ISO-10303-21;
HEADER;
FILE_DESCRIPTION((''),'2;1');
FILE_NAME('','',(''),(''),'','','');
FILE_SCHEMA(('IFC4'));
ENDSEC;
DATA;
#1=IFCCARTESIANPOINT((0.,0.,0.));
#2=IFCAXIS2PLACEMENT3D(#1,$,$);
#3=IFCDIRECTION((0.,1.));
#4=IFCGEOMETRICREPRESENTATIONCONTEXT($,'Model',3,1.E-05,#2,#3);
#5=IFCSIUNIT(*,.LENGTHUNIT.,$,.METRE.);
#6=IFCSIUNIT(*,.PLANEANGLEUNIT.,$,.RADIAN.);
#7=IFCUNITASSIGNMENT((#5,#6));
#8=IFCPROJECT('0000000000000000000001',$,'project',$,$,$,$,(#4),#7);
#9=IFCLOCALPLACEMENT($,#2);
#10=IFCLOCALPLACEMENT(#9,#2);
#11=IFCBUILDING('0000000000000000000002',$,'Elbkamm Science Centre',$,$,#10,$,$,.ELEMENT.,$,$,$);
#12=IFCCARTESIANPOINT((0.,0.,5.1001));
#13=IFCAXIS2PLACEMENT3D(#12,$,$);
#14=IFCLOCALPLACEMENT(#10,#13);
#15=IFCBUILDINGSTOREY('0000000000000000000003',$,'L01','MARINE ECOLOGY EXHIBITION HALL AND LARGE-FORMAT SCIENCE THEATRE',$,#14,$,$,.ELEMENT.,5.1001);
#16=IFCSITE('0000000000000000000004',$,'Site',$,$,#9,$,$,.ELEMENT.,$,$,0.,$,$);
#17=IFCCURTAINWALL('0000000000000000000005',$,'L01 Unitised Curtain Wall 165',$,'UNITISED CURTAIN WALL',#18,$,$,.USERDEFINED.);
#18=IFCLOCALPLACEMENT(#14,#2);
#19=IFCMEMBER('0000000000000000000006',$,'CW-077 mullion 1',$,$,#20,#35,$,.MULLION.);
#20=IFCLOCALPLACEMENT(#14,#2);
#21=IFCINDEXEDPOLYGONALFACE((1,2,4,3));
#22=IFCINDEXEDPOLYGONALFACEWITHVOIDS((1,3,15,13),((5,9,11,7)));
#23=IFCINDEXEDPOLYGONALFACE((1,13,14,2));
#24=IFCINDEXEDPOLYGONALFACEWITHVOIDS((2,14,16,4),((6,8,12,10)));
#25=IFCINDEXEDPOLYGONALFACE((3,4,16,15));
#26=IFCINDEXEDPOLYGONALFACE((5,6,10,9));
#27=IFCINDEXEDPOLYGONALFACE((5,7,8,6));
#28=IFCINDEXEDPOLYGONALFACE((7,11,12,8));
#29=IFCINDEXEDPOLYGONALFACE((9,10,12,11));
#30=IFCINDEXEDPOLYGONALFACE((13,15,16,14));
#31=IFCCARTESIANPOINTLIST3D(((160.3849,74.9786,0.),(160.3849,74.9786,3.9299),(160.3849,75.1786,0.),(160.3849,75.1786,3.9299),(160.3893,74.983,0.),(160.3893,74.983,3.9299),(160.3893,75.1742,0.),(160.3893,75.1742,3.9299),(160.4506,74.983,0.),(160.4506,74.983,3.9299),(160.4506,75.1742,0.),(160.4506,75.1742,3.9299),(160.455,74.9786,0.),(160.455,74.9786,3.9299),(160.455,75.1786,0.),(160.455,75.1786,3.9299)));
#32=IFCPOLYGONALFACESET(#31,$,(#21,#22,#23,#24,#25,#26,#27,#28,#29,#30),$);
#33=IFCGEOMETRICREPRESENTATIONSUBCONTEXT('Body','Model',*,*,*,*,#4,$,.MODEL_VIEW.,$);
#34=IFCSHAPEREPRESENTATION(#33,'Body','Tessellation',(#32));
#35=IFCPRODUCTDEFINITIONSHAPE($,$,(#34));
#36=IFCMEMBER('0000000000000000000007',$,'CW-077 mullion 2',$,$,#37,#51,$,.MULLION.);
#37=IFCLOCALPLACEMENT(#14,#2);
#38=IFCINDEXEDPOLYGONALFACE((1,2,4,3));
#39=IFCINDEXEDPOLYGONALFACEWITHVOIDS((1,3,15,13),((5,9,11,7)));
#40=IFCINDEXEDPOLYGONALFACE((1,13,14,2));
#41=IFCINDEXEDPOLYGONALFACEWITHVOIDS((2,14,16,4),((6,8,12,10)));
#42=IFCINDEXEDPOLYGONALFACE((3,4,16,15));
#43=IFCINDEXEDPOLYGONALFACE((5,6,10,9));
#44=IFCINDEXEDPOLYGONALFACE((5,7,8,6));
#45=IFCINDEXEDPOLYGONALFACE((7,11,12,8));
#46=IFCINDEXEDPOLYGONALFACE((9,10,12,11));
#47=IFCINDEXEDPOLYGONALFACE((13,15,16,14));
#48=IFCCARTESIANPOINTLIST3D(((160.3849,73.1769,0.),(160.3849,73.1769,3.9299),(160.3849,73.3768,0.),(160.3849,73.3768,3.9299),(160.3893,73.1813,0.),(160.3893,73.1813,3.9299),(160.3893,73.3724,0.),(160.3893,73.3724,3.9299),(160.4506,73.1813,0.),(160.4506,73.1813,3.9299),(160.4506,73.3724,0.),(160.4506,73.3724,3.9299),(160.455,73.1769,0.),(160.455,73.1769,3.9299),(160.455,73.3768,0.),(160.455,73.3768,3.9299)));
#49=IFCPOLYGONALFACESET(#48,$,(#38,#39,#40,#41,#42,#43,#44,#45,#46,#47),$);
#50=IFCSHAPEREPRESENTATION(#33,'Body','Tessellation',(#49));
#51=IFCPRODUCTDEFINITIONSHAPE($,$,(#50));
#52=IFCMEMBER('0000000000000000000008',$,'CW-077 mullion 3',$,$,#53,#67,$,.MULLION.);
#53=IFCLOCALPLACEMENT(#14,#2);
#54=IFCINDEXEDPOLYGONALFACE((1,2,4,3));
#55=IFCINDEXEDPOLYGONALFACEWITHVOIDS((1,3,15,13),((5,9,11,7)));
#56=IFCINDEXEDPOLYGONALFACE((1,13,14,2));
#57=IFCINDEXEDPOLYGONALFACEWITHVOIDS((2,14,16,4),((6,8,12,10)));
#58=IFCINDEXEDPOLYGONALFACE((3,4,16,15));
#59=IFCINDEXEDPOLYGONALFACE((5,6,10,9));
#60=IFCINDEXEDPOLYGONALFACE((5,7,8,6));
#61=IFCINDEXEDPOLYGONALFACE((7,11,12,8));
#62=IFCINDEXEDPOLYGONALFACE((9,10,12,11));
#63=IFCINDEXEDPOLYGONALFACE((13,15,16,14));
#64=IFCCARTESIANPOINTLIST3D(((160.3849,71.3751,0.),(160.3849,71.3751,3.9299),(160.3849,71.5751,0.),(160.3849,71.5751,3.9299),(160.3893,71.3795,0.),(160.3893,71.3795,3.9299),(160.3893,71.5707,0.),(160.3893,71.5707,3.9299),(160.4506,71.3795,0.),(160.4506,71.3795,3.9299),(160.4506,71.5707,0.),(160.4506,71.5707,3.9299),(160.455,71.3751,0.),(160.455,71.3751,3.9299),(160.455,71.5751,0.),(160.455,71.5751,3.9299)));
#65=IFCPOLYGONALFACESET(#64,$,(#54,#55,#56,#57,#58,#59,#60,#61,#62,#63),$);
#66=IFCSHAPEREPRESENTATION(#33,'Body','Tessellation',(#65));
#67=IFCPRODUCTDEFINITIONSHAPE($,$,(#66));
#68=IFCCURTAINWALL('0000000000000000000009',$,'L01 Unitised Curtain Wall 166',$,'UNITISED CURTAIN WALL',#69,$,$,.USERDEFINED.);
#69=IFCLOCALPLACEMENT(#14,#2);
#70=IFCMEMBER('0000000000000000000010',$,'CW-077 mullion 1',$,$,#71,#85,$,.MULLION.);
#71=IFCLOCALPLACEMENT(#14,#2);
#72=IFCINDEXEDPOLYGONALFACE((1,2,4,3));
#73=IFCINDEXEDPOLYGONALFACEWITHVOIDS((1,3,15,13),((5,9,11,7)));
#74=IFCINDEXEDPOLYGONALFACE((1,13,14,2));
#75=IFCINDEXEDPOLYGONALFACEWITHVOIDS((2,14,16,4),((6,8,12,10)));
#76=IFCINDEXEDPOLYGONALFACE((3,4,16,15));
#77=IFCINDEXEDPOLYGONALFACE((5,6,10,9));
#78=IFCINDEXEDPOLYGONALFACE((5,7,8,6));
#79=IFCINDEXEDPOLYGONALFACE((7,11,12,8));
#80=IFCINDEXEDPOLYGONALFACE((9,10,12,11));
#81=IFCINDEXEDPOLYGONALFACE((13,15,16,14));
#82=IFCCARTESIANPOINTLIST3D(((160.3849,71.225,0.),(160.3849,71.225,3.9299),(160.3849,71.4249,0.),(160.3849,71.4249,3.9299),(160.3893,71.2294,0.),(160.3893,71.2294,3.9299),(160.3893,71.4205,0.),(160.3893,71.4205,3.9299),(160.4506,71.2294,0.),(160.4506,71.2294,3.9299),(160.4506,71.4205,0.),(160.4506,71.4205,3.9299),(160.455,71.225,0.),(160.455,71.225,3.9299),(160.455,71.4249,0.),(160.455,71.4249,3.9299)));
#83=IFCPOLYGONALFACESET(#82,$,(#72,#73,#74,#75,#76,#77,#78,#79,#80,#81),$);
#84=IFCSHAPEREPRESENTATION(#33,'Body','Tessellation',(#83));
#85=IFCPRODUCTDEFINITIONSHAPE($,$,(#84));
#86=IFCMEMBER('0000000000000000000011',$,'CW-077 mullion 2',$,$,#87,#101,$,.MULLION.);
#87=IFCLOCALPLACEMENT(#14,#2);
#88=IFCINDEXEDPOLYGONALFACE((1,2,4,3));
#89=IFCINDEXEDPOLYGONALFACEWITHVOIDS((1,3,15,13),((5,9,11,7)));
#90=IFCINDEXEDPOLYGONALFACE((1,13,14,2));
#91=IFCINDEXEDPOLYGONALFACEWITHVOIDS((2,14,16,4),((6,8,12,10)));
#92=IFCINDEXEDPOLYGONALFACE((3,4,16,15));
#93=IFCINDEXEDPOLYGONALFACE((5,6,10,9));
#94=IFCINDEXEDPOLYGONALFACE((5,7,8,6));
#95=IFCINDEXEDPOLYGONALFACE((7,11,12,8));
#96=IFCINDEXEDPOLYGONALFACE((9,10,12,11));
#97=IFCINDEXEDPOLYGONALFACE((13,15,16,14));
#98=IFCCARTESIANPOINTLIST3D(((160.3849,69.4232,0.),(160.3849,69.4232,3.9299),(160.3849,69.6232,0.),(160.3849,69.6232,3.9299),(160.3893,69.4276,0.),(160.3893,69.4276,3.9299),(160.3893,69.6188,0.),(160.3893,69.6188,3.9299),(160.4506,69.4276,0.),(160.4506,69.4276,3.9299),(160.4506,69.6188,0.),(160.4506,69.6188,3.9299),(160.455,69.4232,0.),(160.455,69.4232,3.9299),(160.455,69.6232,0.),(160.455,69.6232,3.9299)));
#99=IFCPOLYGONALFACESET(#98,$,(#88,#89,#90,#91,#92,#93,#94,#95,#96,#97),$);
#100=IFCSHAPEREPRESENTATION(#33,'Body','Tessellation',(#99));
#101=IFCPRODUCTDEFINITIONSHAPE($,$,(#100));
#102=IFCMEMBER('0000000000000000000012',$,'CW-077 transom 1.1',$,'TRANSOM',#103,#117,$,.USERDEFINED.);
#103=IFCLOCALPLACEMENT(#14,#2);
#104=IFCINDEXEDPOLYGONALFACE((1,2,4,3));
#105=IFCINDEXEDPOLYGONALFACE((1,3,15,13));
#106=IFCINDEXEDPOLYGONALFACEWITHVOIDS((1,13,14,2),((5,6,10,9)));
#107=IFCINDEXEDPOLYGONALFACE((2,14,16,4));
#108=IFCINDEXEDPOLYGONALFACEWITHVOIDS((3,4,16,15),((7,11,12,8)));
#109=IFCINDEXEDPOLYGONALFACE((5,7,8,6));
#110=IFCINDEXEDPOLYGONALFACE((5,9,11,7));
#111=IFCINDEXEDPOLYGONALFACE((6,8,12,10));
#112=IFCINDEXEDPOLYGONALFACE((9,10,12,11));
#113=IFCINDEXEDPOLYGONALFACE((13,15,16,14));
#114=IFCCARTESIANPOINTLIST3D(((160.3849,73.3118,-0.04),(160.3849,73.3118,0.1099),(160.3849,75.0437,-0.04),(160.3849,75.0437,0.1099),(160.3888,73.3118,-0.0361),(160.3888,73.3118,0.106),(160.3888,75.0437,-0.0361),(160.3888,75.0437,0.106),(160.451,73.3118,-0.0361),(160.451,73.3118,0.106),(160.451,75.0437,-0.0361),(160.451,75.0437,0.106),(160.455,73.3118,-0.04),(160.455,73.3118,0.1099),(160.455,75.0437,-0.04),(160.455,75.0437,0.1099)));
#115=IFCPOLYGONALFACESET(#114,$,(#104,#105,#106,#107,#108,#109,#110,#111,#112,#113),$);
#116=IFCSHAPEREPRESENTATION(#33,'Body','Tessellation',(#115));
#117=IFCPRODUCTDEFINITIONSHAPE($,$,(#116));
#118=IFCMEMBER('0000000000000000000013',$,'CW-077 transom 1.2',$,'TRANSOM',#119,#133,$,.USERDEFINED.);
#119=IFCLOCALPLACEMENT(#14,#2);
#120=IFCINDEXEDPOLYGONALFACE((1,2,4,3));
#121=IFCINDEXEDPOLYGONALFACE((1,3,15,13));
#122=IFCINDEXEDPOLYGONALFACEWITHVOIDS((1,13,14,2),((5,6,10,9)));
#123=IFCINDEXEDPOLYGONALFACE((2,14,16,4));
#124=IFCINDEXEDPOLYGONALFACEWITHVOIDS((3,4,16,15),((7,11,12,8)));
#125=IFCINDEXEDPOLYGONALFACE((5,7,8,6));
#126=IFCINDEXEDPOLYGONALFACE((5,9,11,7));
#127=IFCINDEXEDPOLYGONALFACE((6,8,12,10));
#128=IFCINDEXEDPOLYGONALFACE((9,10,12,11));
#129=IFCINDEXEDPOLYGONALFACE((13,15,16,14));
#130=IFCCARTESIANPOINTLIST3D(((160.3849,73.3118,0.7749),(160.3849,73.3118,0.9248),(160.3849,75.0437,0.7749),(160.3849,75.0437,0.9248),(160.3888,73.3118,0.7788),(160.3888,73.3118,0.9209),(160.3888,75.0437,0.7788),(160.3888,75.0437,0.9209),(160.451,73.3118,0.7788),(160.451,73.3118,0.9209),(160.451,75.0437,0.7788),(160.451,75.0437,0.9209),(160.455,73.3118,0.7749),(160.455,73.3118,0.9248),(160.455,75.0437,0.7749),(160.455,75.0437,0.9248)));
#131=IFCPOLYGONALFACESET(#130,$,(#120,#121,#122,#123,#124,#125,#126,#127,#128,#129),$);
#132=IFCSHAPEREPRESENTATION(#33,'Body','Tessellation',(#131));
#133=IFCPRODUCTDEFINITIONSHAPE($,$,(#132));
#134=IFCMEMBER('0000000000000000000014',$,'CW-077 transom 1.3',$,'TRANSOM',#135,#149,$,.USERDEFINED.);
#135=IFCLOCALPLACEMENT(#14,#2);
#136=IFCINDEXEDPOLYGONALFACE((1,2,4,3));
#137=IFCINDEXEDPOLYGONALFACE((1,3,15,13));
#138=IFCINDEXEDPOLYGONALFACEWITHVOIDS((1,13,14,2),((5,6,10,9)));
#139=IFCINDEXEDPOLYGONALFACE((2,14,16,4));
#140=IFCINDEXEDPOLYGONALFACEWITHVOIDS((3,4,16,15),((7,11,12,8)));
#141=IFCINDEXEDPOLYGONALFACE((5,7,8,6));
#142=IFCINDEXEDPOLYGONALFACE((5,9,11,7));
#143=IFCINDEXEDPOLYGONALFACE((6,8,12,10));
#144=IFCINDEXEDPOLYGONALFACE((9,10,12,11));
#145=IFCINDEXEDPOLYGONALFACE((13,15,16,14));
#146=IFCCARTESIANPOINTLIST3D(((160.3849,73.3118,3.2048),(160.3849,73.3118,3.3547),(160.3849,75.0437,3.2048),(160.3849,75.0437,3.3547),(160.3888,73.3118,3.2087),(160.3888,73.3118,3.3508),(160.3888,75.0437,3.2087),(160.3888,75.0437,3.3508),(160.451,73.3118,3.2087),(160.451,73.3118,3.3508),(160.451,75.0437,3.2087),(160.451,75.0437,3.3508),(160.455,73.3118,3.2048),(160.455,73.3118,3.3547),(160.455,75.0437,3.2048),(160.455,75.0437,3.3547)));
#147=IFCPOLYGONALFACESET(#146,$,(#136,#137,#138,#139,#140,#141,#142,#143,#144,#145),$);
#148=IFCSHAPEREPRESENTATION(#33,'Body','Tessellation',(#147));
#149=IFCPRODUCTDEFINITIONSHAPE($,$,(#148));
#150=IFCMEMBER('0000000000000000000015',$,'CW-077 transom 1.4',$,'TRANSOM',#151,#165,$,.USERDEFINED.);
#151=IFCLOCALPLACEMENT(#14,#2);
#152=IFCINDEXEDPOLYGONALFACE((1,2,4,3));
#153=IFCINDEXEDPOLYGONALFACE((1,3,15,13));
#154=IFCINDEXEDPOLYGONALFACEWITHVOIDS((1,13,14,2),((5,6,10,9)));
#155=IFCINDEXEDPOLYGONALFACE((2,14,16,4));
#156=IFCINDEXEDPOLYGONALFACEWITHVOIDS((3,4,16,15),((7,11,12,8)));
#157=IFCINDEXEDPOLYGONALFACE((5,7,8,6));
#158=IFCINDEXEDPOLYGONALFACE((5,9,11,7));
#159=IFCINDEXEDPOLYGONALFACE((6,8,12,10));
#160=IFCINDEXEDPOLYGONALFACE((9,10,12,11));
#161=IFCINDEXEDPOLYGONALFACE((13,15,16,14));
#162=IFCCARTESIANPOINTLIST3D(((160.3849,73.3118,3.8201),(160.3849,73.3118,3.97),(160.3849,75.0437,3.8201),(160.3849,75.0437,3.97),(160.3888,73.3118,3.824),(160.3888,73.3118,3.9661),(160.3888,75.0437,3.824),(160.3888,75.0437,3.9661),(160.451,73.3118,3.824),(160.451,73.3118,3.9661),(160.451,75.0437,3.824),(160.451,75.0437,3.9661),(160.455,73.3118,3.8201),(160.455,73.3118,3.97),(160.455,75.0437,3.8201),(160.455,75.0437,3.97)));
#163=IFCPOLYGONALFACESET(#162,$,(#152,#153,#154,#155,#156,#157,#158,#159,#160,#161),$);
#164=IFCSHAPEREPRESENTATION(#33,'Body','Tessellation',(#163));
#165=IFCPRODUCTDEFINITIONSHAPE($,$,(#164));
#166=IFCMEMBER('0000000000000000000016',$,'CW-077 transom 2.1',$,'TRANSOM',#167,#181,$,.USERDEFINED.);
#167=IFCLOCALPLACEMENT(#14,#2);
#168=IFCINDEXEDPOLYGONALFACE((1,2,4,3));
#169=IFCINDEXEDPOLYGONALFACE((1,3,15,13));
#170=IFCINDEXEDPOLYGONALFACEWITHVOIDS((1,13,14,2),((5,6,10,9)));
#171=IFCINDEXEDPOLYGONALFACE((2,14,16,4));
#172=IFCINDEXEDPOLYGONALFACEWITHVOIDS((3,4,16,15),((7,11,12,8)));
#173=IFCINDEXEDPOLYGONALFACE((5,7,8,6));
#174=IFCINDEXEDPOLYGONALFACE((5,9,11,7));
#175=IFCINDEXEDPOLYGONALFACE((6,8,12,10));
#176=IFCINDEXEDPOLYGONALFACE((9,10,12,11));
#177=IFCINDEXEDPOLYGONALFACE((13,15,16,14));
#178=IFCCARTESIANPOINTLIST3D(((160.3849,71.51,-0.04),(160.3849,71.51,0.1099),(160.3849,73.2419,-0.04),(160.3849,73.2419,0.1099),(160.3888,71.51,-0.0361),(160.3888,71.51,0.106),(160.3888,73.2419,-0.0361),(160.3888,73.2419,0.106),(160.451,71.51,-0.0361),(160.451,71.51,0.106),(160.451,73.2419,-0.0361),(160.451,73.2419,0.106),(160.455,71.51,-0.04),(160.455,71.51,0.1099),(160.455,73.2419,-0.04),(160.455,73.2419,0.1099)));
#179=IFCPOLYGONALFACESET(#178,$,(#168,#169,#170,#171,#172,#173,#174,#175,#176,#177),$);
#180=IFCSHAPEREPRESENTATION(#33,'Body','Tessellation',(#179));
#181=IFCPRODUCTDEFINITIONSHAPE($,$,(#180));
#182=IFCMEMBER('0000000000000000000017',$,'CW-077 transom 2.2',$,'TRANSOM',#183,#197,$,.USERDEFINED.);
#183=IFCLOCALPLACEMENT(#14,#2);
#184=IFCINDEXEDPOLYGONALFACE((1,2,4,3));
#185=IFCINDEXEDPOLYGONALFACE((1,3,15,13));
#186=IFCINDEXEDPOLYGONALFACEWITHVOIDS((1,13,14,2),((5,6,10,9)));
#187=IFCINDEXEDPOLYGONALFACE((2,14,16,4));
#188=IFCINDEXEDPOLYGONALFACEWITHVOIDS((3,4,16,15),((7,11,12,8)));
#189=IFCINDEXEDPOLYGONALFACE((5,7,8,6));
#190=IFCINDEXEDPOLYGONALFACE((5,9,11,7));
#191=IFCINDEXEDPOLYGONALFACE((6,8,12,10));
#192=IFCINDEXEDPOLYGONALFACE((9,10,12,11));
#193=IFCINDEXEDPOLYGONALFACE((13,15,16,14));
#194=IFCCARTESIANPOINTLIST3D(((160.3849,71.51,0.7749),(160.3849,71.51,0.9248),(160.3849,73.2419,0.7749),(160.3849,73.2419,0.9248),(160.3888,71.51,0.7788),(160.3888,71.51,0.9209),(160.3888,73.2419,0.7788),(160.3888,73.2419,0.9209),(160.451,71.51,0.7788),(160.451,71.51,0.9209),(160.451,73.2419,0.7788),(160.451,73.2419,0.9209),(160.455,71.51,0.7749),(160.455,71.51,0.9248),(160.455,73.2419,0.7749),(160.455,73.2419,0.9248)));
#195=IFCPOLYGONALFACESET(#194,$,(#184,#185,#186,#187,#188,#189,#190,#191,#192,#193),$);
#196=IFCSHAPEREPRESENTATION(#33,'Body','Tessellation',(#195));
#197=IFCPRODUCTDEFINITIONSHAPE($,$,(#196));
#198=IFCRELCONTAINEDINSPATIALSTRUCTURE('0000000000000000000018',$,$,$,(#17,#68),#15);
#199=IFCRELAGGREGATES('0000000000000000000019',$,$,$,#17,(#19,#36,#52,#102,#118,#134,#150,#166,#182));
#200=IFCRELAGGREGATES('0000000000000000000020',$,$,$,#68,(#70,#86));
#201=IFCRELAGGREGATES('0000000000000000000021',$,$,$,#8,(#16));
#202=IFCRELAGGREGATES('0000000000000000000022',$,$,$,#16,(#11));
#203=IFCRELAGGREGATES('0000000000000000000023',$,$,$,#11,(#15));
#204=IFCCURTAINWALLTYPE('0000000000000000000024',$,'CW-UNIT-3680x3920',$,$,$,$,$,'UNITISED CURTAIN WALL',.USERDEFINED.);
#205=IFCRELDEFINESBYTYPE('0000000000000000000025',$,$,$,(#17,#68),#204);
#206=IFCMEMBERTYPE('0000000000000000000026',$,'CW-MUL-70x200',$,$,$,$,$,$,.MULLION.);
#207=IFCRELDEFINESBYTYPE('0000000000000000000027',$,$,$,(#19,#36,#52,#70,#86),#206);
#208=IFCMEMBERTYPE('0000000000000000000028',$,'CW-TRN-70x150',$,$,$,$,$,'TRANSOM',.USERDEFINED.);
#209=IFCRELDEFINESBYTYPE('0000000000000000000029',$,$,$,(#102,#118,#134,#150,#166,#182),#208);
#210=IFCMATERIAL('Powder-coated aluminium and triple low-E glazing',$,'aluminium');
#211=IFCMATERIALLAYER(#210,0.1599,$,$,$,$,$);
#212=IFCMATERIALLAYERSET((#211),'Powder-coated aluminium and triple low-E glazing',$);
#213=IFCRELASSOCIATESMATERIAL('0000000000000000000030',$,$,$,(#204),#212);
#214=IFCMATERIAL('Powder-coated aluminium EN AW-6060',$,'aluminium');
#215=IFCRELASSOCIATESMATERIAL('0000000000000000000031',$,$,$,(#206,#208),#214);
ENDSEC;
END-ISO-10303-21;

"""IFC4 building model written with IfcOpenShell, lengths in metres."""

from ifc_helpers import new_model, si_unit, direction, frame, origin, origin_2d, place, context, subcontext, project, spatial, hollow_rectangle, extrude, material, layer, layer_set, material_profile, profile_set, type_object, element, aggregate, save


model = new_model("IFC4")

# Units and contexts
model_context = context("Model", 3, precision=1e-05, world=origin(), true_north=direction((0.0, 1.0)))
body_context = subcontext(model_context, "Body", "Model", "MODEL_VIEW")
ifc_project = project(units=[si_unit("LENGTHUNIT", "METRE"), si_unit("PLANEANGLEUNIT", "RADIAN")], contexts=[model_context])

# Site, building, storey
site_placement = place(None, origin())
site = spatial("IfcSite", under=ifc_project, at=site_placement, Name="Site", CompositionType="ELEMENT", RefElevation=0.0)
building_placement = place(site_placement, origin())
building = spatial("IfcBuilding", under=site, at=building_placement, Name="Elbkamm Science Centre", CompositionType="ELEMENT")
storey_placement = place(building_placement, frame((0.0, 0.0, 5.1001)))
storey = spatial("IfcBuildingStorey", under=building, at=storey_placement, Name="L01", Description="MARINE ECOLOGY EXHIBITION HALL AND LARGE-FORMAT SCIENCE THEATRE", CompositionType="ELEMENT", Elevation=5.1001)

# Curtain walls, members
ifc_material_1 = material(Name="Powder-coated aluminium and triple low-E glazing", Category="aluminium")
ifc_layer_1 = layer(ifc_material_1, 0.1599)
ifc_layer_set_1 = layer_set([ifc_layer_1], Name="Powder-coated aluminium and triple low-E glazing")
curtain_wall_type = type_object("IfcCurtainWallType", Name="CW-UNIT-3680x3920", ElementType="UNITISED CURTAIN WALL", PredefinedType="USERDEFINED", material=ifc_layer_set_1)
curtain_wall_1_placement = place(storey_placement, origin())
curtain_wall_1 = element("IfcCurtainWall", 1, at=curtain_wall_1_placement, inside=storey, type_object=curtain_wall_type, Name="L01 Unitised Curtain Wall 165", ObjectType="UNITISED CURTAIN WALL", PredefinedType="USERDEFINED")
ifc_material_2 = material(Name="Powder-coated aluminium EN AW-6060", Category="aluminium")
ifc_material_profile_1 = material_profile(ifc_material_2, hollow_rectangle(XDim=0.0701, YDim=0.2, WallThickness=0.0044, at=origin_2d()), Name="ALU M70x200")
ifc_profile_set_1 = profile_set([ifc_material_profile_1], Name="Powder-coated aluminium EN AW-6060")
member_type_1 = type_object("IfcMemberType", Name="CW-MUL-70x200", PredefinedType="MULLION", material=ifc_profile_set_1)
member_1_placement = place(storey_placement, frame((160.4199, 75.0786, 0.0), z_axis=(0.0, 0.0, 1.0), x_axis=(1.0, 0.0, 0.0)))
member_1 = element("IfcMember", 2, at=member_1_placement, type_object=member_type_1, Name="CW-077 mullion 1", PredefinedType="MULLION", context=body_context, shape_type="SweptSolid", body=[
    extrude(hollow_rectangle(XDim=0.0701, YDim=0.2, WallThickness=0.0044, at=origin_2d()), origin(), (0.0, 0.0, 1.0), 3.9299),
])
member_2_placement = place(storey_placement, frame((160.4199, 73.2769, 0.0), z_axis=(0.0, 0.0, 1.0), x_axis=(1.0, 0.0, 0.0)))
member_2 = element("IfcMember", 3, at=member_2_placement, type_object=member_type_1, Name="CW-077 mullion 2", PredefinedType="MULLION", context=body_context, shape_type="SweptSolid", body=[
    extrude(hollow_rectangle(XDim=0.0701, YDim=0.2, WallThickness=0.0044, at=origin_2d()), origin(), (0.0, 0.0, 1.0), 3.9299),
])
member_3_placement = place(storey_placement, frame((160.4199, 71.4751, 0.0), z_axis=(0.0, 0.0, 1.0), x_axis=(1.0, 0.0, 0.0)))
member_3 = element("IfcMember", 4, at=member_3_placement, type_object=member_type_1, Name="CW-077 mullion 3", PredefinedType="MULLION", context=body_context, shape_type="SweptSolid", body=[
    extrude(hollow_rectangle(XDim=0.0701, YDim=0.2, WallThickness=0.0044, at=origin_2d()), origin(), (0.0, 0.0, 1.0), 3.9299),
])
curtain_wall_2_placement = place(storey_placement, origin())
curtain_wall_2 = element("IfcCurtainWall", 5, at=curtain_wall_2_placement, inside=storey, type_object=curtain_wall_type, Name="L01 Unitised Curtain Wall 166", ObjectType="UNITISED CURTAIN WALL", PredefinedType="USERDEFINED")
member_4_placement = place(storey_placement, frame((160.4199, 71.325, 0.0), z_axis=(0.0, 0.0, 1.0), x_axis=(1.0, 0.0, 0.0)))
member_4 = element("IfcMember", 6, at=member_4_placement, type_object=member_type_1, Name="CW-077 mullion 1", PredefinedType="MULLION", context=body_context, shape_type="SweptSolid", body=[
    extrude(hollow_rectangle(XDim=0.0701, YDim=0.2, WallThickness=0.0044, at=origin_2d()), origin(), (0.0, 0.0, 1.0), 3.9299),
])
member_5_placement = place(storey_placement, frame((160.4199, 69.5232, 0.0), z_axis=(0.0, 0.0, 1.0), x_axis=(1.0, 0.0, 0.0)))
member_5 = element("IfcMember", 7, at=member_5_placement, type_object=member_type_1, Name="CW-077 mullion 2", PredefinedType="MULLION", context=body_context, shape_type="SweptSolid", body=[
    extrude(hollow_rectangle(XDim=0.0701, YDim=0.2, WallThickness=0.0044, at=origin_2d()), origin(), (0.0, 0.0, 1.0), 3.9299),
])

# Members
ifc_material_profile_2 = material_profile(ifc_material_2, hollow_rectangle(XDim=0.0701, YDim=0.1499, WallThickness=0.0039, at=origin_2d()), Name="ALU T70x150")
ifc_profile_set_2 = profile_set([ifc_material_profile_2], Name="Powder-coated aluminium EN AW-6060")
member_type_2 = type_object("IfcMemberType", Name="CW-TRN-70x150", ElementType="TRANSOM", PredefinedType="USERDEFINED", material=ifc_profile_set_2)
member_6_placement = place(storey_placement, frame((160.4199, 75.0437, 0.0349), z_axis=(0.0, -1.0, 0.0), x_axis=(1.0, 0.0, 0.0)))
member_6 = element("IfcMember", 8, at=member_6_placement, type_object=member_type_2, Name="CW-077 transom 1.1", ObjectType="TRANSOM", PredefinedType="USERDEFINED", context=body_context, shape_type="SweptSolid", body=[
    extrude(hollow_rectangle(XDim=0.0701, YDim=0.1499, WallThickness=0.0039, at=origin_2d()), origin(), (0.0, 0.0, 1.0), 1.7319),
])
member_7_placement = place(storey_placement, frame((160.4199, 75.0437, 0.8499), z_axis=(0.0, -1.0, 0.0), x_axis=(1.0, 0.0, 0.0)))
member_7 = element("IfcMember", 9, at=member_7_placement, type_object=member_type_2, Name="CW-077 transom 1.2", ObjectType="TRANSOM", PredefinedType="USERDEFINED", context=body_context, shape_type="SweptSolid", body=[
    extrude(hollow_rectangle(XDim=0.0701, YDim=0.1499, WallThickness=0.0039, at=origin_2d()), origin(), (0.0, 0.0, 1.0), 1.7319),
])
member_8_placement = place(storey_placement, frame((160.4199, 75.0437, 3.2798), z_axis=(0.0, -1.0, 0.0), x_axis=(1.0, 0.0, 0.0)))
member_8 = element("IfcMember", 10, at=member_8_placement, type_object=member_type_2, Name="CW-077 transom 1.3", ObjectType="TRANSOM", PredefinedType="USERDEFINED", context=body_context, shape_type="SweptSolid", body=[
    extrude(hollow_rectangle(XDim=0.0701, YDim=0.1499, WallThickness=0.0039, at=origin_2d()), origin(), (0.0, 0.0, 1.0), 1.7319),
])
member_9_placement = place(storey_placement, frame((160.4199, 75.0437, 3.895), z_axis=(0.0, -1.0, 0.0), x_axis=(1.0, 0.0, 0.0)))
member_9 = element("IfcMember", 11, at=member_9_placement, type_object=member_type_2, Name="CW-077 transom 1.4", ObjectType="TRANSOM", PredefinedType="USERDEFINED", context=body_context, shape_type="SweptSolid", body=[
    extrude(hollow_rectangle(XDim=0.0701, YDim=0.1499, WallThickness=0.0039, at=origin_2d()), origin(), (0.0, 0.0, 1.0), 1.7319),
])
member_10_placement = place(storey_placement, frame((160.4199, 73.2419, 0.0349), z_axis=(0.0, -1.0, 0.0), x_axis=(1.0, 0.0, 0.0)))
member_10 = element("IfcMember", 12, at=member_10_placement, type_object=member_type_2, Name="CW-077 transom 2.1", ObjectType="TRANSOM", PredefinedType="USERDEFINED", context=body_context, shape_type="SweptSolid", body=[
    extrude(hollow_rectangle(XDim=0.0701, YDim=0.1499, WallThickness=0.0039, at=origin_2d()), origin(), (0.0, 0.0, 1.0), 1.7319),
])
member_11_placement = place(storey_placement, frame((160.4199, 73.2419, 0.8499), z_axis=(0.0, -1.0, 0.0), x_axis=(1.0, 0.0, 0.0)))
member_11 = element("IfcMember", 13, at=member_11_placement, type_object=member_type_2, Name="CW-077 transom 2.2", ObjectType="TRANSOM", PredefinedType="USERDEFINED", context=body_context, shape_type="SweptSolid", body=[
    extrude(hollow_rectangle(XDim=0.0701, YDim=0.1499, WallThickness=0.0039, at=origin_2d()), origin(), (0.0, 0.0, 1.0), 1.7319),
])

aggregate(curtain_wall_1, [member_1, member_2, member_3, member_6, member_7, member_8, member_9, member_10, member_11])
aggregate(curtain_wall_2, [member_4, member_5])

save(model, "model.ifc")
